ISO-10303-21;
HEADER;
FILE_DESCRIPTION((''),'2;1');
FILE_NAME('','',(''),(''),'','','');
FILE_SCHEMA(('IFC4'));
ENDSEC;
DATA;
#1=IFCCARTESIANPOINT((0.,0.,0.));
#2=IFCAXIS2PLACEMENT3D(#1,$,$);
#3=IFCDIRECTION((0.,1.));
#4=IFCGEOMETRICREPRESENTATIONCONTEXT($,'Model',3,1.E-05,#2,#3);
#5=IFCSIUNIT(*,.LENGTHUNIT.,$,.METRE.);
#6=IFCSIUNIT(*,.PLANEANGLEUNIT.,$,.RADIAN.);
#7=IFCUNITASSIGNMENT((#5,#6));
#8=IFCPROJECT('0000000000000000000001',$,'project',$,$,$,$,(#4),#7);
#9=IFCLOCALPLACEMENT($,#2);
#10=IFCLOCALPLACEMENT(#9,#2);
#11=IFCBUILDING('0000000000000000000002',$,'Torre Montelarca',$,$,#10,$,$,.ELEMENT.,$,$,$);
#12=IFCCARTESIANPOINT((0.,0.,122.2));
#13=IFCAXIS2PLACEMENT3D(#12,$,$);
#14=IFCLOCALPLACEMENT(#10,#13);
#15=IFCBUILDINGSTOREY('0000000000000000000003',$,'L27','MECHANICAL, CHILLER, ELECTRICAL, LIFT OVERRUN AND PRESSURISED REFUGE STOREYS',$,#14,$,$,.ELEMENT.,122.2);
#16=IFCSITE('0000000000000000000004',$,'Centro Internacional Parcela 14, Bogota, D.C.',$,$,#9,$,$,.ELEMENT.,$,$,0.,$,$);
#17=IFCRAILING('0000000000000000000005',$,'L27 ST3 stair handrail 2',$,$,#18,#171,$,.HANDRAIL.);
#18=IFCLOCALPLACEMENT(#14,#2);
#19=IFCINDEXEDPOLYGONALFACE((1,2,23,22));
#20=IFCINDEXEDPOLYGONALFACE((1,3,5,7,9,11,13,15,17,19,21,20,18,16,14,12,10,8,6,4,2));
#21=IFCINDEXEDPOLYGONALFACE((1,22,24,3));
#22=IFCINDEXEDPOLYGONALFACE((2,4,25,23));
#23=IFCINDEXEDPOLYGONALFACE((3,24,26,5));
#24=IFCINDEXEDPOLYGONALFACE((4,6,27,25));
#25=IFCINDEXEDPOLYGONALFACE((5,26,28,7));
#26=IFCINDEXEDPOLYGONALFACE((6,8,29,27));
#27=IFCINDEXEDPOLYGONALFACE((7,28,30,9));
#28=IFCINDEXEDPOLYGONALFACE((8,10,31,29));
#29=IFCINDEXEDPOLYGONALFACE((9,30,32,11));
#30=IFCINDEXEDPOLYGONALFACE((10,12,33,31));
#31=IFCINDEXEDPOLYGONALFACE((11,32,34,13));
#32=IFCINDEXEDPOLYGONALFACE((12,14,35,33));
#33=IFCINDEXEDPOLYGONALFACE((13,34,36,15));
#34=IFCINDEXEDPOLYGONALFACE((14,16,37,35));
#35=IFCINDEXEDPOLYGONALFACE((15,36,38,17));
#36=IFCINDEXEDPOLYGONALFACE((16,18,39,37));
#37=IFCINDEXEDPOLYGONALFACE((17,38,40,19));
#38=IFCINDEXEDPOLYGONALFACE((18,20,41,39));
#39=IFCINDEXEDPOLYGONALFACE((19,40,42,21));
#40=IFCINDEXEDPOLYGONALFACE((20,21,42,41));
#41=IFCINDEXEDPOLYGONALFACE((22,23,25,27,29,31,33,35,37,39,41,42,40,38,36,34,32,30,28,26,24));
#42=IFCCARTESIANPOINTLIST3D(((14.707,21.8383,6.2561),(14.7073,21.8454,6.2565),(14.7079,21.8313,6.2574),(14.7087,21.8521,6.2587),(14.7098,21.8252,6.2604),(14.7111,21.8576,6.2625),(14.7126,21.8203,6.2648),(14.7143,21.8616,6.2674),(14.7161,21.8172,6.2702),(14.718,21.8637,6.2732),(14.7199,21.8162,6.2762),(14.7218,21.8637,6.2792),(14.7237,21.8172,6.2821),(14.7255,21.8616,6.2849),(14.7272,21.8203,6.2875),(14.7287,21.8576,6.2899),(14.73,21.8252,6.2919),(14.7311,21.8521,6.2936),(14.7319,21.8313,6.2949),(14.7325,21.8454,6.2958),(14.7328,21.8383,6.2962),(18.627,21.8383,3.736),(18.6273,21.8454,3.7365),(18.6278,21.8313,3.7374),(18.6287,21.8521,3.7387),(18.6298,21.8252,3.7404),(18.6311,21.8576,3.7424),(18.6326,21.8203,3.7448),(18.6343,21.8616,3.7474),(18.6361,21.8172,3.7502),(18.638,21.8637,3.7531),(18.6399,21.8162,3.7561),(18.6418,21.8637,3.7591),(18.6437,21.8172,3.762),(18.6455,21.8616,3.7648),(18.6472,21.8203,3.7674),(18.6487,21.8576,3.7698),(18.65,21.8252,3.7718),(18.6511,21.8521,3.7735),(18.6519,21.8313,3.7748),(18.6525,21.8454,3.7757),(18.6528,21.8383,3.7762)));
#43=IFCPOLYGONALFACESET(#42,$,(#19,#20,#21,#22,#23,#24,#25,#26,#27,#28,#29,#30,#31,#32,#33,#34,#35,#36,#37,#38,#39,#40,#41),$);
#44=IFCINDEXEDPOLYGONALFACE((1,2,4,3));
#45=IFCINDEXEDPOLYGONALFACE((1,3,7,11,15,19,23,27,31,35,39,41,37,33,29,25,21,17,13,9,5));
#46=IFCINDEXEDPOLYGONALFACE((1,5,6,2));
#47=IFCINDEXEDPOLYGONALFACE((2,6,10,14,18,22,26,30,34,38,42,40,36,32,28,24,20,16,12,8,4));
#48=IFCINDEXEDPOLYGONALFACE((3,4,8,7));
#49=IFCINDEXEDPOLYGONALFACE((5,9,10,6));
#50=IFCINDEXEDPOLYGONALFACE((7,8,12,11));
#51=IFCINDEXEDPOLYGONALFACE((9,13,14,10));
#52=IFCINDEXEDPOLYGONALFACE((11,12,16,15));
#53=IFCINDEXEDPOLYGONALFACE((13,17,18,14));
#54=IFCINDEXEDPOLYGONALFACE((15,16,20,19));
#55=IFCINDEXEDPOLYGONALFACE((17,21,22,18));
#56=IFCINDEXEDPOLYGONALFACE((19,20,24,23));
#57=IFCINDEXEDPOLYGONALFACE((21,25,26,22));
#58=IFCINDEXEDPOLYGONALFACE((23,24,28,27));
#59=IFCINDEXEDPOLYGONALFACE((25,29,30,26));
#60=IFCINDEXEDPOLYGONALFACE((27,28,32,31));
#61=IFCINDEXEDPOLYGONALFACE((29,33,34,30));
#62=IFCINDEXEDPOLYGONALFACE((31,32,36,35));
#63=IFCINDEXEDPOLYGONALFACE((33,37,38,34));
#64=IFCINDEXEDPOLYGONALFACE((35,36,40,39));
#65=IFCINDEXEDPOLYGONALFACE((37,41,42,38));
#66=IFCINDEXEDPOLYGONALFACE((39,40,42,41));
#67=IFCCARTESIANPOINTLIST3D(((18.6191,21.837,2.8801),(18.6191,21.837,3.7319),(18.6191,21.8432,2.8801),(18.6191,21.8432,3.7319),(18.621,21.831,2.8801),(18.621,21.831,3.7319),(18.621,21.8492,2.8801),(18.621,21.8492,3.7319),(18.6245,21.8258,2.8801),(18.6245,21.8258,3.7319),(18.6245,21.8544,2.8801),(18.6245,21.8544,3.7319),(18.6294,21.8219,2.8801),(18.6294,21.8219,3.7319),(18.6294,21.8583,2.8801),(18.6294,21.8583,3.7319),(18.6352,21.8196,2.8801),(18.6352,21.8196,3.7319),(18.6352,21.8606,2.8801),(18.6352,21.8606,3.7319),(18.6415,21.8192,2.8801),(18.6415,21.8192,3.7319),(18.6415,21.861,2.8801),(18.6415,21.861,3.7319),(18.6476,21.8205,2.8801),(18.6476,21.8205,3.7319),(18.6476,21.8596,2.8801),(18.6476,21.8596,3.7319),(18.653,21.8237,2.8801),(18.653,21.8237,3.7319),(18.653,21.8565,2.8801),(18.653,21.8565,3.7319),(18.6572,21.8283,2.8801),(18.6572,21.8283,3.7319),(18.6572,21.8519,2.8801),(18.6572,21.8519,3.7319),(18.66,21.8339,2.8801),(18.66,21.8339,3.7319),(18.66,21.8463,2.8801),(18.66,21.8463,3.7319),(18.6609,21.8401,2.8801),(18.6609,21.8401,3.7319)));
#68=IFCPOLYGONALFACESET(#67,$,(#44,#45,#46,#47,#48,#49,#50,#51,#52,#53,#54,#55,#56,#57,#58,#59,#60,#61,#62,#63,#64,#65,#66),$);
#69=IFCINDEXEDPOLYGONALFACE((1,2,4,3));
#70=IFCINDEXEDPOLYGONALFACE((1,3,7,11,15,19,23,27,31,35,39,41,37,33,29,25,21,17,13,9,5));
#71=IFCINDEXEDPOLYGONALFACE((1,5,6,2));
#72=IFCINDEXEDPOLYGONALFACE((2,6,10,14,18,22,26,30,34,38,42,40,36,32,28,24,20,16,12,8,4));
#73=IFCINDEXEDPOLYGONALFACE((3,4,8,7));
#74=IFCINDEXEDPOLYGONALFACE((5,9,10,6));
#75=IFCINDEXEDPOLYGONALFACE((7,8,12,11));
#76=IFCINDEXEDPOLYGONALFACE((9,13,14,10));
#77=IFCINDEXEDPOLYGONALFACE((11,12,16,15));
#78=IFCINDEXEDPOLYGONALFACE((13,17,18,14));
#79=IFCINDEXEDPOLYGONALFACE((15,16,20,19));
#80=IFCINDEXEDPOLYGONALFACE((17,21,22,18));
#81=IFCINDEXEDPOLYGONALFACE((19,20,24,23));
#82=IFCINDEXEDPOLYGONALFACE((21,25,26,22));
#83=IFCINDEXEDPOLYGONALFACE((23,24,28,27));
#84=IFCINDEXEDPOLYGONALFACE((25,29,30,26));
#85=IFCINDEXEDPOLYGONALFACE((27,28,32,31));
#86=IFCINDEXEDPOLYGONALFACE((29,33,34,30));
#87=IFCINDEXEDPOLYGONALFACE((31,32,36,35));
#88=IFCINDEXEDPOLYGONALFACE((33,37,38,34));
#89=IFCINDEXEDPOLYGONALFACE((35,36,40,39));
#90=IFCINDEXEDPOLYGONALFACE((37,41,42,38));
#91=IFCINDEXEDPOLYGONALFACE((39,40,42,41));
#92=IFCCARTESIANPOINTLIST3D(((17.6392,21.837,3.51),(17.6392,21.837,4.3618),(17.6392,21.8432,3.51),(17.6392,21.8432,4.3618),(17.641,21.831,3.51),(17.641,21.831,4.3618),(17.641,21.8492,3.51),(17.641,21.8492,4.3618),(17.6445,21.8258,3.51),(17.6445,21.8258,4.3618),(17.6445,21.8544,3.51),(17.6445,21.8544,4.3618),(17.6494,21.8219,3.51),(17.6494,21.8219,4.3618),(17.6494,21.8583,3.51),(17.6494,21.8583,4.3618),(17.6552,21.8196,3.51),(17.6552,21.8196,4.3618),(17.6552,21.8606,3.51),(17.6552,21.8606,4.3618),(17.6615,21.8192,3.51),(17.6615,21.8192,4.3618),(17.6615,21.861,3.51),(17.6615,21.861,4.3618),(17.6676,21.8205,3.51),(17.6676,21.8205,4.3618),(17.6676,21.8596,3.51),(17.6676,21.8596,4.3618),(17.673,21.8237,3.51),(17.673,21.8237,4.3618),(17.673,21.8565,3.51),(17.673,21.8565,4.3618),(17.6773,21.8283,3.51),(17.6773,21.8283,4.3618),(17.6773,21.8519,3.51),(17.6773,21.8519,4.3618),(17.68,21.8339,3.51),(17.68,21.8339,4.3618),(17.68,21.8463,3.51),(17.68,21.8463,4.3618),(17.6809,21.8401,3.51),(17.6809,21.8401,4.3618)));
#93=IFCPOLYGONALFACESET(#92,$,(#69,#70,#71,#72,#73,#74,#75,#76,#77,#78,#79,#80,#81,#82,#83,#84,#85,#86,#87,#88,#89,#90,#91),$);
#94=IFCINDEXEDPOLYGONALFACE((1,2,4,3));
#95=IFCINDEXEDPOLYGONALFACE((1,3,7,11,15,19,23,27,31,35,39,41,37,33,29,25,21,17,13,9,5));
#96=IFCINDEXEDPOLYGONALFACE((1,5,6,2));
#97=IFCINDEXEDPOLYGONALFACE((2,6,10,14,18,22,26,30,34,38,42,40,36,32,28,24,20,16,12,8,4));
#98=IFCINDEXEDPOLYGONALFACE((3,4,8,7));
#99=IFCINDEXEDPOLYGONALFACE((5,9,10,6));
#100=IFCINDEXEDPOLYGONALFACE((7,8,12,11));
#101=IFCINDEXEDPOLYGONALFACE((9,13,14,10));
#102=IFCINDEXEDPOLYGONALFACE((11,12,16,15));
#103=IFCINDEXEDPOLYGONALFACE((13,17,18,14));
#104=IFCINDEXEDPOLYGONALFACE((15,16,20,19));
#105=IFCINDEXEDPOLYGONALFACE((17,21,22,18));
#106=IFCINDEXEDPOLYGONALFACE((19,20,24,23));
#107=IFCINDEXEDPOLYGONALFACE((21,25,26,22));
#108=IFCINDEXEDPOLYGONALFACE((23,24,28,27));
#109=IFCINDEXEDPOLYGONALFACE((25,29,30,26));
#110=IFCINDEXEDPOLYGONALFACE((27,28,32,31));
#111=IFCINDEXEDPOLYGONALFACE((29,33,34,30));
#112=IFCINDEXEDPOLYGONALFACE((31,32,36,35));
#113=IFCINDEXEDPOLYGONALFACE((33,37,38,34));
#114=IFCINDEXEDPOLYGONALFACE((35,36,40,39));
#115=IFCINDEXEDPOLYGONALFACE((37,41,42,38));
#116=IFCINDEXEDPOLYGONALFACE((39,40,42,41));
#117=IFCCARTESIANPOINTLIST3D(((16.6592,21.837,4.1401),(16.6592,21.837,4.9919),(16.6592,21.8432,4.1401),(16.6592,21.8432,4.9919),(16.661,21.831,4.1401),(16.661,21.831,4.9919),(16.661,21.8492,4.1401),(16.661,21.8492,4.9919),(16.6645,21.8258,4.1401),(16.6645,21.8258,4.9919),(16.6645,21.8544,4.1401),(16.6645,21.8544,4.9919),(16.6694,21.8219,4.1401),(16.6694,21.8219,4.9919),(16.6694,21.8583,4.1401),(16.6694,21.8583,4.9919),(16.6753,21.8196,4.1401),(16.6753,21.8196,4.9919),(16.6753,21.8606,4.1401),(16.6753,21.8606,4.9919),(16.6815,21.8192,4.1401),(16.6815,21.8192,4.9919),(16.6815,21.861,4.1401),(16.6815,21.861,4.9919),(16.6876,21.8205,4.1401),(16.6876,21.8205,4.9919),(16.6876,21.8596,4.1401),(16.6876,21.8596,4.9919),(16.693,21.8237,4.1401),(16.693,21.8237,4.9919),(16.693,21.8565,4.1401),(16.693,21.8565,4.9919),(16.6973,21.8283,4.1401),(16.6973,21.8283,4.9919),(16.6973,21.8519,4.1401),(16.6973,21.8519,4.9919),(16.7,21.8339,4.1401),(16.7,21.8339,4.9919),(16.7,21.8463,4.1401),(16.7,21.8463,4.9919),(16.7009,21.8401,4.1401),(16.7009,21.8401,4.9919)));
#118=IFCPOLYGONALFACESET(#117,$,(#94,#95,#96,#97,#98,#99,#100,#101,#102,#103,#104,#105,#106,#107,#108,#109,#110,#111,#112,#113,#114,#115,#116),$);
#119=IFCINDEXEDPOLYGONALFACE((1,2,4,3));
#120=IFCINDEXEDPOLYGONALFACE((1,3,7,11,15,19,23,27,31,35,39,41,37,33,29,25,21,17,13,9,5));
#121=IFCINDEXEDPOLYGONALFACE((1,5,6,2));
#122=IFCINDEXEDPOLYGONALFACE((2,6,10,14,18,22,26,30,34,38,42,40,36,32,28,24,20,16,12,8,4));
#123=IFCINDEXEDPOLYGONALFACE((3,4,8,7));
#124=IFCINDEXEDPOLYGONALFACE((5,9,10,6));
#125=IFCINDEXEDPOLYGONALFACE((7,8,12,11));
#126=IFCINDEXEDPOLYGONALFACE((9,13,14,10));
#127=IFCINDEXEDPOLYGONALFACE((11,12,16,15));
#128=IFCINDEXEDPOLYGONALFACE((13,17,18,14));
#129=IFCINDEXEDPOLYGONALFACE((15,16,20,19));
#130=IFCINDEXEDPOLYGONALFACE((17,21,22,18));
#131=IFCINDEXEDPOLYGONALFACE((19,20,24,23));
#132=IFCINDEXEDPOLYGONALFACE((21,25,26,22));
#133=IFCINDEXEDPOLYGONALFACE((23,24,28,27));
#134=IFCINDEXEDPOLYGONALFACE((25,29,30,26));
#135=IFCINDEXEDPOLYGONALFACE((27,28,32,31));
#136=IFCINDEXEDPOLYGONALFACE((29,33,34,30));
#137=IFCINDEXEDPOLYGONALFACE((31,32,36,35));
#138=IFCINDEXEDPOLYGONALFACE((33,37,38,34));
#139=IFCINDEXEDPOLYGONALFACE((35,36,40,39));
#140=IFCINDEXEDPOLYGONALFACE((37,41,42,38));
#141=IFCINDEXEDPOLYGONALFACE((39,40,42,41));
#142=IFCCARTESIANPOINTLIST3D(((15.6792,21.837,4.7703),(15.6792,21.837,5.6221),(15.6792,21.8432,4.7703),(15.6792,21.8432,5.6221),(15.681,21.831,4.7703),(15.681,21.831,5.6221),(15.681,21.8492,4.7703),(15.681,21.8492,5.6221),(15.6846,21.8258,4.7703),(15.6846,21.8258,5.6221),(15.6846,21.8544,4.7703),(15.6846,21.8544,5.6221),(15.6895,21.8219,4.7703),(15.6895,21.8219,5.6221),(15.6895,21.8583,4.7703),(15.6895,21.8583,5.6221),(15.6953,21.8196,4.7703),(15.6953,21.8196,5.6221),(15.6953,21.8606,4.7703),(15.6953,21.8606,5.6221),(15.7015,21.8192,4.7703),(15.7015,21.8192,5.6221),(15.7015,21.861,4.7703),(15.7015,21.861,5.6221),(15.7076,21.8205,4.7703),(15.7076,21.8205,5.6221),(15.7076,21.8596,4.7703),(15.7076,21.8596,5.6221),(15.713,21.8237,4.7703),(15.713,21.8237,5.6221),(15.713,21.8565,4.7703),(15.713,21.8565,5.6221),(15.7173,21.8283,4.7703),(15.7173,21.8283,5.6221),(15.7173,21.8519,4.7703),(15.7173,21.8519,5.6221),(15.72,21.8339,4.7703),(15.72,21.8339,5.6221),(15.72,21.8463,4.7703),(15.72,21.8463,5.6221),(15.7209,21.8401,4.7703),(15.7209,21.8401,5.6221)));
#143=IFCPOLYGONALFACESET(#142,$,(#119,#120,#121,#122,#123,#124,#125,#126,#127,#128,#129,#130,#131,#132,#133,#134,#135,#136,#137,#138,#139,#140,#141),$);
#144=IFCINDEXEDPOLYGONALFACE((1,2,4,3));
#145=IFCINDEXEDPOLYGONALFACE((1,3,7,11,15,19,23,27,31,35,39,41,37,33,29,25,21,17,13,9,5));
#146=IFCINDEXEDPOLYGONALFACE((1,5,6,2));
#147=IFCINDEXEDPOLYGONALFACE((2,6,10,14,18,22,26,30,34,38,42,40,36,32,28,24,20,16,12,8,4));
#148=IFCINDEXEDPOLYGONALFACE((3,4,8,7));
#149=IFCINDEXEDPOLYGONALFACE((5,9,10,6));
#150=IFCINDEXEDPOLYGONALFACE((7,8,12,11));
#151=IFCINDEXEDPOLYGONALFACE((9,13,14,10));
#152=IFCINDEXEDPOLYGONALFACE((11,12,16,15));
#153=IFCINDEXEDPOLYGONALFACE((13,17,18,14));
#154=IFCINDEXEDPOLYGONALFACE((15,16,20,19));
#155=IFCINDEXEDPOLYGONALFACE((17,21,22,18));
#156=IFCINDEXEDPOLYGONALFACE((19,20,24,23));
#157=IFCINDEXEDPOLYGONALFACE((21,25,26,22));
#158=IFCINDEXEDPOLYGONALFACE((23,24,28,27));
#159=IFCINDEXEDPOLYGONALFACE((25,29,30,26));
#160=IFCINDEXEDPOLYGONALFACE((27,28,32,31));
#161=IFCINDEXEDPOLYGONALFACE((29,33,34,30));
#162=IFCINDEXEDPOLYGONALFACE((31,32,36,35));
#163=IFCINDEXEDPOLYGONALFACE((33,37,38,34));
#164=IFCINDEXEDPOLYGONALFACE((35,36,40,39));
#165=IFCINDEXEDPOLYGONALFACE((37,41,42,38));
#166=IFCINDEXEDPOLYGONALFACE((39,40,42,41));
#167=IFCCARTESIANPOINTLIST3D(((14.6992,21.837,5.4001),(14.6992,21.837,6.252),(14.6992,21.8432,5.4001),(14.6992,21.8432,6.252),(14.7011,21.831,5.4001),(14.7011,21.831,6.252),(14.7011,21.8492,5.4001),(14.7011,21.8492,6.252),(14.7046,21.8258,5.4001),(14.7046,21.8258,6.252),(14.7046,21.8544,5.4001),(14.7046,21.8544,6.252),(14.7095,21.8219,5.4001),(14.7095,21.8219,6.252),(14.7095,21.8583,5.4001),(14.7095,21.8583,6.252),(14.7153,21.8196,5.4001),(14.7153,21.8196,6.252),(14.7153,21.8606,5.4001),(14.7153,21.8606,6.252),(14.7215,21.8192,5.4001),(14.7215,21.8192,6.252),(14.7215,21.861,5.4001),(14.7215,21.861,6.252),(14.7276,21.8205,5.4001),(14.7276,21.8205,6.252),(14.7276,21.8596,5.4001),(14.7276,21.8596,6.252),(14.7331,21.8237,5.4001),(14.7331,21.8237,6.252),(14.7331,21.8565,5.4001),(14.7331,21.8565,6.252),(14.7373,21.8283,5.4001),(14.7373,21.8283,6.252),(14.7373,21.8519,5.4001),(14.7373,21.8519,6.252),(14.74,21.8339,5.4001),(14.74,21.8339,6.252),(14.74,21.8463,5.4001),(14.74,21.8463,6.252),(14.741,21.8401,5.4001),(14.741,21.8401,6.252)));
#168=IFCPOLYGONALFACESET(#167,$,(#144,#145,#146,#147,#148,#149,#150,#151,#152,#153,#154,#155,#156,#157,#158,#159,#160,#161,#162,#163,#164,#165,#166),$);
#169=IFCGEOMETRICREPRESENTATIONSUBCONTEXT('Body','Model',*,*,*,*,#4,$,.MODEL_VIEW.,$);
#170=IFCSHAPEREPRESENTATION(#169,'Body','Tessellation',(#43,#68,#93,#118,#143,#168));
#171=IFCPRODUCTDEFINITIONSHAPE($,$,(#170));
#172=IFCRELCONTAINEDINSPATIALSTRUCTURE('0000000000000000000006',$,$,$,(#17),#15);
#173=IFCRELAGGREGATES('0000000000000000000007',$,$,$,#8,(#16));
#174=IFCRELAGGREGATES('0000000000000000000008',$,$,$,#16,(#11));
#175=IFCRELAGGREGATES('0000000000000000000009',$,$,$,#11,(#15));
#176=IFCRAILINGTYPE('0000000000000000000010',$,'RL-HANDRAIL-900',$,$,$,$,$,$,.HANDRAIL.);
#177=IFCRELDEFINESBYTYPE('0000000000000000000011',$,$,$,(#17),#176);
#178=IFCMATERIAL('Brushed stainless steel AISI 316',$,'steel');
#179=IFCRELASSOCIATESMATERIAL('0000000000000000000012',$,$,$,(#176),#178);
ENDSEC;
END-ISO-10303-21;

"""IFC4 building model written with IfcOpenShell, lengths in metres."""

from ifc_helpers import new_model, si_unit, direction, frame, origin, origin_2d, place, context, subcontext, project, spatial, circle, extrude, material, type_object, element, save


model = new_model("IFC4")

# Units and contexts
model_context = context("Model", 3, precision=1e-05, world=origin(), true_north=direction((0.0, 1.0)))
body_context = subcontext(model_context, "Body", "Model", "MODEL_VIEW")
ifc_project = project(units=[si_unit("LENGTHUNIT", "METRE"), si_unit("PLANEANGLEUNIT", "RADIAN")], contexts=[model_context])

# Site, building, storey
site_placement = place(None, origin())
site = spatial("IfcSite", under=ifc_project, at=site_placement, Name="Centro Internacional Parcela 14, Bogota, D.C.", CompositionType="ELEMENT", RefElevation=0.0)
building_placement = place(site_placement, origin())
building = spatial("IfcBuilding", under=site, at=building_placement, Name="Torre Montelarca", CompositionType="ELEMENT")
storey_placement = place(building_placement, frame((0.0, 0.0, 122.2)))
storey = spatial("IfcBuildingStorey", under=building, at=storey_placement, Name="L27", Description="MECHANICAL, CHILLER, ELECTRICAL, LIFT OVERRUN AND PRESSURISED REFUGE STOREYS", CompositionType="ELEMENT", Elevation=122.2)

# Shared definitions
ifc_material_1 = material(Name="Brushed stainless steel AISI 316", Category="steel")

# Railing
railing_type_1 = type_object("IfcRailingType", Name="RL-HANDRAIL-900", PredefinedType="HANDRAIL", material=ifc_material_1)
railing_1_placement = place(storey_placement, frame((18.6399, 21.8401, 2.8801)))
element("IfcRailing", 1, at=railing_1_placement, inside=storey, type_object=railing_type_1, Name="L27 ST3 stair handrail 2", PredefinedType="HANDRAIL", context=body_context, shape_type="SweptSolid", body=[
    extrude(circle(Radius=0.0239, at=origin_2d()), frame((0.0, 0.0, 0.876), z_axis=(-0.841172, 0.0, 0.540768), x_axis=(0.0, -1.0, 0.0)), (0.0, 0.0, 1.0), 4.6602),
    extrude(circle(Radius=0.021, at=origin_2d()), origin(), (0.0, 0.0, 1.0), 0.8518),
    extrude(circle(Radius=0.021, at=origin_2d()), frame((-0.98, 0.0, 0.6299)), (0.0, 0.0, 1.0), 0.8518),
    extrude(circle(Radius=0.021, at=origin_2d()), frame((-1.96, 0.0, 1.26)), (0.0, 0.0, 1.0), 0.8518),
    extrude(circle(Radius=0.021, at=origin_2d()), frame((-2.9399, 0.0, 1.8901)), (0.0, 0.0, 1.0), 0.8518),
    extrude(circle(Radius=0.021, at=origin_2d()), frame((-3.9199, 0.0, 2.52)), (0.0, 0.0, 1.0), 0.8518),
])

save(model, "model.ifc")
